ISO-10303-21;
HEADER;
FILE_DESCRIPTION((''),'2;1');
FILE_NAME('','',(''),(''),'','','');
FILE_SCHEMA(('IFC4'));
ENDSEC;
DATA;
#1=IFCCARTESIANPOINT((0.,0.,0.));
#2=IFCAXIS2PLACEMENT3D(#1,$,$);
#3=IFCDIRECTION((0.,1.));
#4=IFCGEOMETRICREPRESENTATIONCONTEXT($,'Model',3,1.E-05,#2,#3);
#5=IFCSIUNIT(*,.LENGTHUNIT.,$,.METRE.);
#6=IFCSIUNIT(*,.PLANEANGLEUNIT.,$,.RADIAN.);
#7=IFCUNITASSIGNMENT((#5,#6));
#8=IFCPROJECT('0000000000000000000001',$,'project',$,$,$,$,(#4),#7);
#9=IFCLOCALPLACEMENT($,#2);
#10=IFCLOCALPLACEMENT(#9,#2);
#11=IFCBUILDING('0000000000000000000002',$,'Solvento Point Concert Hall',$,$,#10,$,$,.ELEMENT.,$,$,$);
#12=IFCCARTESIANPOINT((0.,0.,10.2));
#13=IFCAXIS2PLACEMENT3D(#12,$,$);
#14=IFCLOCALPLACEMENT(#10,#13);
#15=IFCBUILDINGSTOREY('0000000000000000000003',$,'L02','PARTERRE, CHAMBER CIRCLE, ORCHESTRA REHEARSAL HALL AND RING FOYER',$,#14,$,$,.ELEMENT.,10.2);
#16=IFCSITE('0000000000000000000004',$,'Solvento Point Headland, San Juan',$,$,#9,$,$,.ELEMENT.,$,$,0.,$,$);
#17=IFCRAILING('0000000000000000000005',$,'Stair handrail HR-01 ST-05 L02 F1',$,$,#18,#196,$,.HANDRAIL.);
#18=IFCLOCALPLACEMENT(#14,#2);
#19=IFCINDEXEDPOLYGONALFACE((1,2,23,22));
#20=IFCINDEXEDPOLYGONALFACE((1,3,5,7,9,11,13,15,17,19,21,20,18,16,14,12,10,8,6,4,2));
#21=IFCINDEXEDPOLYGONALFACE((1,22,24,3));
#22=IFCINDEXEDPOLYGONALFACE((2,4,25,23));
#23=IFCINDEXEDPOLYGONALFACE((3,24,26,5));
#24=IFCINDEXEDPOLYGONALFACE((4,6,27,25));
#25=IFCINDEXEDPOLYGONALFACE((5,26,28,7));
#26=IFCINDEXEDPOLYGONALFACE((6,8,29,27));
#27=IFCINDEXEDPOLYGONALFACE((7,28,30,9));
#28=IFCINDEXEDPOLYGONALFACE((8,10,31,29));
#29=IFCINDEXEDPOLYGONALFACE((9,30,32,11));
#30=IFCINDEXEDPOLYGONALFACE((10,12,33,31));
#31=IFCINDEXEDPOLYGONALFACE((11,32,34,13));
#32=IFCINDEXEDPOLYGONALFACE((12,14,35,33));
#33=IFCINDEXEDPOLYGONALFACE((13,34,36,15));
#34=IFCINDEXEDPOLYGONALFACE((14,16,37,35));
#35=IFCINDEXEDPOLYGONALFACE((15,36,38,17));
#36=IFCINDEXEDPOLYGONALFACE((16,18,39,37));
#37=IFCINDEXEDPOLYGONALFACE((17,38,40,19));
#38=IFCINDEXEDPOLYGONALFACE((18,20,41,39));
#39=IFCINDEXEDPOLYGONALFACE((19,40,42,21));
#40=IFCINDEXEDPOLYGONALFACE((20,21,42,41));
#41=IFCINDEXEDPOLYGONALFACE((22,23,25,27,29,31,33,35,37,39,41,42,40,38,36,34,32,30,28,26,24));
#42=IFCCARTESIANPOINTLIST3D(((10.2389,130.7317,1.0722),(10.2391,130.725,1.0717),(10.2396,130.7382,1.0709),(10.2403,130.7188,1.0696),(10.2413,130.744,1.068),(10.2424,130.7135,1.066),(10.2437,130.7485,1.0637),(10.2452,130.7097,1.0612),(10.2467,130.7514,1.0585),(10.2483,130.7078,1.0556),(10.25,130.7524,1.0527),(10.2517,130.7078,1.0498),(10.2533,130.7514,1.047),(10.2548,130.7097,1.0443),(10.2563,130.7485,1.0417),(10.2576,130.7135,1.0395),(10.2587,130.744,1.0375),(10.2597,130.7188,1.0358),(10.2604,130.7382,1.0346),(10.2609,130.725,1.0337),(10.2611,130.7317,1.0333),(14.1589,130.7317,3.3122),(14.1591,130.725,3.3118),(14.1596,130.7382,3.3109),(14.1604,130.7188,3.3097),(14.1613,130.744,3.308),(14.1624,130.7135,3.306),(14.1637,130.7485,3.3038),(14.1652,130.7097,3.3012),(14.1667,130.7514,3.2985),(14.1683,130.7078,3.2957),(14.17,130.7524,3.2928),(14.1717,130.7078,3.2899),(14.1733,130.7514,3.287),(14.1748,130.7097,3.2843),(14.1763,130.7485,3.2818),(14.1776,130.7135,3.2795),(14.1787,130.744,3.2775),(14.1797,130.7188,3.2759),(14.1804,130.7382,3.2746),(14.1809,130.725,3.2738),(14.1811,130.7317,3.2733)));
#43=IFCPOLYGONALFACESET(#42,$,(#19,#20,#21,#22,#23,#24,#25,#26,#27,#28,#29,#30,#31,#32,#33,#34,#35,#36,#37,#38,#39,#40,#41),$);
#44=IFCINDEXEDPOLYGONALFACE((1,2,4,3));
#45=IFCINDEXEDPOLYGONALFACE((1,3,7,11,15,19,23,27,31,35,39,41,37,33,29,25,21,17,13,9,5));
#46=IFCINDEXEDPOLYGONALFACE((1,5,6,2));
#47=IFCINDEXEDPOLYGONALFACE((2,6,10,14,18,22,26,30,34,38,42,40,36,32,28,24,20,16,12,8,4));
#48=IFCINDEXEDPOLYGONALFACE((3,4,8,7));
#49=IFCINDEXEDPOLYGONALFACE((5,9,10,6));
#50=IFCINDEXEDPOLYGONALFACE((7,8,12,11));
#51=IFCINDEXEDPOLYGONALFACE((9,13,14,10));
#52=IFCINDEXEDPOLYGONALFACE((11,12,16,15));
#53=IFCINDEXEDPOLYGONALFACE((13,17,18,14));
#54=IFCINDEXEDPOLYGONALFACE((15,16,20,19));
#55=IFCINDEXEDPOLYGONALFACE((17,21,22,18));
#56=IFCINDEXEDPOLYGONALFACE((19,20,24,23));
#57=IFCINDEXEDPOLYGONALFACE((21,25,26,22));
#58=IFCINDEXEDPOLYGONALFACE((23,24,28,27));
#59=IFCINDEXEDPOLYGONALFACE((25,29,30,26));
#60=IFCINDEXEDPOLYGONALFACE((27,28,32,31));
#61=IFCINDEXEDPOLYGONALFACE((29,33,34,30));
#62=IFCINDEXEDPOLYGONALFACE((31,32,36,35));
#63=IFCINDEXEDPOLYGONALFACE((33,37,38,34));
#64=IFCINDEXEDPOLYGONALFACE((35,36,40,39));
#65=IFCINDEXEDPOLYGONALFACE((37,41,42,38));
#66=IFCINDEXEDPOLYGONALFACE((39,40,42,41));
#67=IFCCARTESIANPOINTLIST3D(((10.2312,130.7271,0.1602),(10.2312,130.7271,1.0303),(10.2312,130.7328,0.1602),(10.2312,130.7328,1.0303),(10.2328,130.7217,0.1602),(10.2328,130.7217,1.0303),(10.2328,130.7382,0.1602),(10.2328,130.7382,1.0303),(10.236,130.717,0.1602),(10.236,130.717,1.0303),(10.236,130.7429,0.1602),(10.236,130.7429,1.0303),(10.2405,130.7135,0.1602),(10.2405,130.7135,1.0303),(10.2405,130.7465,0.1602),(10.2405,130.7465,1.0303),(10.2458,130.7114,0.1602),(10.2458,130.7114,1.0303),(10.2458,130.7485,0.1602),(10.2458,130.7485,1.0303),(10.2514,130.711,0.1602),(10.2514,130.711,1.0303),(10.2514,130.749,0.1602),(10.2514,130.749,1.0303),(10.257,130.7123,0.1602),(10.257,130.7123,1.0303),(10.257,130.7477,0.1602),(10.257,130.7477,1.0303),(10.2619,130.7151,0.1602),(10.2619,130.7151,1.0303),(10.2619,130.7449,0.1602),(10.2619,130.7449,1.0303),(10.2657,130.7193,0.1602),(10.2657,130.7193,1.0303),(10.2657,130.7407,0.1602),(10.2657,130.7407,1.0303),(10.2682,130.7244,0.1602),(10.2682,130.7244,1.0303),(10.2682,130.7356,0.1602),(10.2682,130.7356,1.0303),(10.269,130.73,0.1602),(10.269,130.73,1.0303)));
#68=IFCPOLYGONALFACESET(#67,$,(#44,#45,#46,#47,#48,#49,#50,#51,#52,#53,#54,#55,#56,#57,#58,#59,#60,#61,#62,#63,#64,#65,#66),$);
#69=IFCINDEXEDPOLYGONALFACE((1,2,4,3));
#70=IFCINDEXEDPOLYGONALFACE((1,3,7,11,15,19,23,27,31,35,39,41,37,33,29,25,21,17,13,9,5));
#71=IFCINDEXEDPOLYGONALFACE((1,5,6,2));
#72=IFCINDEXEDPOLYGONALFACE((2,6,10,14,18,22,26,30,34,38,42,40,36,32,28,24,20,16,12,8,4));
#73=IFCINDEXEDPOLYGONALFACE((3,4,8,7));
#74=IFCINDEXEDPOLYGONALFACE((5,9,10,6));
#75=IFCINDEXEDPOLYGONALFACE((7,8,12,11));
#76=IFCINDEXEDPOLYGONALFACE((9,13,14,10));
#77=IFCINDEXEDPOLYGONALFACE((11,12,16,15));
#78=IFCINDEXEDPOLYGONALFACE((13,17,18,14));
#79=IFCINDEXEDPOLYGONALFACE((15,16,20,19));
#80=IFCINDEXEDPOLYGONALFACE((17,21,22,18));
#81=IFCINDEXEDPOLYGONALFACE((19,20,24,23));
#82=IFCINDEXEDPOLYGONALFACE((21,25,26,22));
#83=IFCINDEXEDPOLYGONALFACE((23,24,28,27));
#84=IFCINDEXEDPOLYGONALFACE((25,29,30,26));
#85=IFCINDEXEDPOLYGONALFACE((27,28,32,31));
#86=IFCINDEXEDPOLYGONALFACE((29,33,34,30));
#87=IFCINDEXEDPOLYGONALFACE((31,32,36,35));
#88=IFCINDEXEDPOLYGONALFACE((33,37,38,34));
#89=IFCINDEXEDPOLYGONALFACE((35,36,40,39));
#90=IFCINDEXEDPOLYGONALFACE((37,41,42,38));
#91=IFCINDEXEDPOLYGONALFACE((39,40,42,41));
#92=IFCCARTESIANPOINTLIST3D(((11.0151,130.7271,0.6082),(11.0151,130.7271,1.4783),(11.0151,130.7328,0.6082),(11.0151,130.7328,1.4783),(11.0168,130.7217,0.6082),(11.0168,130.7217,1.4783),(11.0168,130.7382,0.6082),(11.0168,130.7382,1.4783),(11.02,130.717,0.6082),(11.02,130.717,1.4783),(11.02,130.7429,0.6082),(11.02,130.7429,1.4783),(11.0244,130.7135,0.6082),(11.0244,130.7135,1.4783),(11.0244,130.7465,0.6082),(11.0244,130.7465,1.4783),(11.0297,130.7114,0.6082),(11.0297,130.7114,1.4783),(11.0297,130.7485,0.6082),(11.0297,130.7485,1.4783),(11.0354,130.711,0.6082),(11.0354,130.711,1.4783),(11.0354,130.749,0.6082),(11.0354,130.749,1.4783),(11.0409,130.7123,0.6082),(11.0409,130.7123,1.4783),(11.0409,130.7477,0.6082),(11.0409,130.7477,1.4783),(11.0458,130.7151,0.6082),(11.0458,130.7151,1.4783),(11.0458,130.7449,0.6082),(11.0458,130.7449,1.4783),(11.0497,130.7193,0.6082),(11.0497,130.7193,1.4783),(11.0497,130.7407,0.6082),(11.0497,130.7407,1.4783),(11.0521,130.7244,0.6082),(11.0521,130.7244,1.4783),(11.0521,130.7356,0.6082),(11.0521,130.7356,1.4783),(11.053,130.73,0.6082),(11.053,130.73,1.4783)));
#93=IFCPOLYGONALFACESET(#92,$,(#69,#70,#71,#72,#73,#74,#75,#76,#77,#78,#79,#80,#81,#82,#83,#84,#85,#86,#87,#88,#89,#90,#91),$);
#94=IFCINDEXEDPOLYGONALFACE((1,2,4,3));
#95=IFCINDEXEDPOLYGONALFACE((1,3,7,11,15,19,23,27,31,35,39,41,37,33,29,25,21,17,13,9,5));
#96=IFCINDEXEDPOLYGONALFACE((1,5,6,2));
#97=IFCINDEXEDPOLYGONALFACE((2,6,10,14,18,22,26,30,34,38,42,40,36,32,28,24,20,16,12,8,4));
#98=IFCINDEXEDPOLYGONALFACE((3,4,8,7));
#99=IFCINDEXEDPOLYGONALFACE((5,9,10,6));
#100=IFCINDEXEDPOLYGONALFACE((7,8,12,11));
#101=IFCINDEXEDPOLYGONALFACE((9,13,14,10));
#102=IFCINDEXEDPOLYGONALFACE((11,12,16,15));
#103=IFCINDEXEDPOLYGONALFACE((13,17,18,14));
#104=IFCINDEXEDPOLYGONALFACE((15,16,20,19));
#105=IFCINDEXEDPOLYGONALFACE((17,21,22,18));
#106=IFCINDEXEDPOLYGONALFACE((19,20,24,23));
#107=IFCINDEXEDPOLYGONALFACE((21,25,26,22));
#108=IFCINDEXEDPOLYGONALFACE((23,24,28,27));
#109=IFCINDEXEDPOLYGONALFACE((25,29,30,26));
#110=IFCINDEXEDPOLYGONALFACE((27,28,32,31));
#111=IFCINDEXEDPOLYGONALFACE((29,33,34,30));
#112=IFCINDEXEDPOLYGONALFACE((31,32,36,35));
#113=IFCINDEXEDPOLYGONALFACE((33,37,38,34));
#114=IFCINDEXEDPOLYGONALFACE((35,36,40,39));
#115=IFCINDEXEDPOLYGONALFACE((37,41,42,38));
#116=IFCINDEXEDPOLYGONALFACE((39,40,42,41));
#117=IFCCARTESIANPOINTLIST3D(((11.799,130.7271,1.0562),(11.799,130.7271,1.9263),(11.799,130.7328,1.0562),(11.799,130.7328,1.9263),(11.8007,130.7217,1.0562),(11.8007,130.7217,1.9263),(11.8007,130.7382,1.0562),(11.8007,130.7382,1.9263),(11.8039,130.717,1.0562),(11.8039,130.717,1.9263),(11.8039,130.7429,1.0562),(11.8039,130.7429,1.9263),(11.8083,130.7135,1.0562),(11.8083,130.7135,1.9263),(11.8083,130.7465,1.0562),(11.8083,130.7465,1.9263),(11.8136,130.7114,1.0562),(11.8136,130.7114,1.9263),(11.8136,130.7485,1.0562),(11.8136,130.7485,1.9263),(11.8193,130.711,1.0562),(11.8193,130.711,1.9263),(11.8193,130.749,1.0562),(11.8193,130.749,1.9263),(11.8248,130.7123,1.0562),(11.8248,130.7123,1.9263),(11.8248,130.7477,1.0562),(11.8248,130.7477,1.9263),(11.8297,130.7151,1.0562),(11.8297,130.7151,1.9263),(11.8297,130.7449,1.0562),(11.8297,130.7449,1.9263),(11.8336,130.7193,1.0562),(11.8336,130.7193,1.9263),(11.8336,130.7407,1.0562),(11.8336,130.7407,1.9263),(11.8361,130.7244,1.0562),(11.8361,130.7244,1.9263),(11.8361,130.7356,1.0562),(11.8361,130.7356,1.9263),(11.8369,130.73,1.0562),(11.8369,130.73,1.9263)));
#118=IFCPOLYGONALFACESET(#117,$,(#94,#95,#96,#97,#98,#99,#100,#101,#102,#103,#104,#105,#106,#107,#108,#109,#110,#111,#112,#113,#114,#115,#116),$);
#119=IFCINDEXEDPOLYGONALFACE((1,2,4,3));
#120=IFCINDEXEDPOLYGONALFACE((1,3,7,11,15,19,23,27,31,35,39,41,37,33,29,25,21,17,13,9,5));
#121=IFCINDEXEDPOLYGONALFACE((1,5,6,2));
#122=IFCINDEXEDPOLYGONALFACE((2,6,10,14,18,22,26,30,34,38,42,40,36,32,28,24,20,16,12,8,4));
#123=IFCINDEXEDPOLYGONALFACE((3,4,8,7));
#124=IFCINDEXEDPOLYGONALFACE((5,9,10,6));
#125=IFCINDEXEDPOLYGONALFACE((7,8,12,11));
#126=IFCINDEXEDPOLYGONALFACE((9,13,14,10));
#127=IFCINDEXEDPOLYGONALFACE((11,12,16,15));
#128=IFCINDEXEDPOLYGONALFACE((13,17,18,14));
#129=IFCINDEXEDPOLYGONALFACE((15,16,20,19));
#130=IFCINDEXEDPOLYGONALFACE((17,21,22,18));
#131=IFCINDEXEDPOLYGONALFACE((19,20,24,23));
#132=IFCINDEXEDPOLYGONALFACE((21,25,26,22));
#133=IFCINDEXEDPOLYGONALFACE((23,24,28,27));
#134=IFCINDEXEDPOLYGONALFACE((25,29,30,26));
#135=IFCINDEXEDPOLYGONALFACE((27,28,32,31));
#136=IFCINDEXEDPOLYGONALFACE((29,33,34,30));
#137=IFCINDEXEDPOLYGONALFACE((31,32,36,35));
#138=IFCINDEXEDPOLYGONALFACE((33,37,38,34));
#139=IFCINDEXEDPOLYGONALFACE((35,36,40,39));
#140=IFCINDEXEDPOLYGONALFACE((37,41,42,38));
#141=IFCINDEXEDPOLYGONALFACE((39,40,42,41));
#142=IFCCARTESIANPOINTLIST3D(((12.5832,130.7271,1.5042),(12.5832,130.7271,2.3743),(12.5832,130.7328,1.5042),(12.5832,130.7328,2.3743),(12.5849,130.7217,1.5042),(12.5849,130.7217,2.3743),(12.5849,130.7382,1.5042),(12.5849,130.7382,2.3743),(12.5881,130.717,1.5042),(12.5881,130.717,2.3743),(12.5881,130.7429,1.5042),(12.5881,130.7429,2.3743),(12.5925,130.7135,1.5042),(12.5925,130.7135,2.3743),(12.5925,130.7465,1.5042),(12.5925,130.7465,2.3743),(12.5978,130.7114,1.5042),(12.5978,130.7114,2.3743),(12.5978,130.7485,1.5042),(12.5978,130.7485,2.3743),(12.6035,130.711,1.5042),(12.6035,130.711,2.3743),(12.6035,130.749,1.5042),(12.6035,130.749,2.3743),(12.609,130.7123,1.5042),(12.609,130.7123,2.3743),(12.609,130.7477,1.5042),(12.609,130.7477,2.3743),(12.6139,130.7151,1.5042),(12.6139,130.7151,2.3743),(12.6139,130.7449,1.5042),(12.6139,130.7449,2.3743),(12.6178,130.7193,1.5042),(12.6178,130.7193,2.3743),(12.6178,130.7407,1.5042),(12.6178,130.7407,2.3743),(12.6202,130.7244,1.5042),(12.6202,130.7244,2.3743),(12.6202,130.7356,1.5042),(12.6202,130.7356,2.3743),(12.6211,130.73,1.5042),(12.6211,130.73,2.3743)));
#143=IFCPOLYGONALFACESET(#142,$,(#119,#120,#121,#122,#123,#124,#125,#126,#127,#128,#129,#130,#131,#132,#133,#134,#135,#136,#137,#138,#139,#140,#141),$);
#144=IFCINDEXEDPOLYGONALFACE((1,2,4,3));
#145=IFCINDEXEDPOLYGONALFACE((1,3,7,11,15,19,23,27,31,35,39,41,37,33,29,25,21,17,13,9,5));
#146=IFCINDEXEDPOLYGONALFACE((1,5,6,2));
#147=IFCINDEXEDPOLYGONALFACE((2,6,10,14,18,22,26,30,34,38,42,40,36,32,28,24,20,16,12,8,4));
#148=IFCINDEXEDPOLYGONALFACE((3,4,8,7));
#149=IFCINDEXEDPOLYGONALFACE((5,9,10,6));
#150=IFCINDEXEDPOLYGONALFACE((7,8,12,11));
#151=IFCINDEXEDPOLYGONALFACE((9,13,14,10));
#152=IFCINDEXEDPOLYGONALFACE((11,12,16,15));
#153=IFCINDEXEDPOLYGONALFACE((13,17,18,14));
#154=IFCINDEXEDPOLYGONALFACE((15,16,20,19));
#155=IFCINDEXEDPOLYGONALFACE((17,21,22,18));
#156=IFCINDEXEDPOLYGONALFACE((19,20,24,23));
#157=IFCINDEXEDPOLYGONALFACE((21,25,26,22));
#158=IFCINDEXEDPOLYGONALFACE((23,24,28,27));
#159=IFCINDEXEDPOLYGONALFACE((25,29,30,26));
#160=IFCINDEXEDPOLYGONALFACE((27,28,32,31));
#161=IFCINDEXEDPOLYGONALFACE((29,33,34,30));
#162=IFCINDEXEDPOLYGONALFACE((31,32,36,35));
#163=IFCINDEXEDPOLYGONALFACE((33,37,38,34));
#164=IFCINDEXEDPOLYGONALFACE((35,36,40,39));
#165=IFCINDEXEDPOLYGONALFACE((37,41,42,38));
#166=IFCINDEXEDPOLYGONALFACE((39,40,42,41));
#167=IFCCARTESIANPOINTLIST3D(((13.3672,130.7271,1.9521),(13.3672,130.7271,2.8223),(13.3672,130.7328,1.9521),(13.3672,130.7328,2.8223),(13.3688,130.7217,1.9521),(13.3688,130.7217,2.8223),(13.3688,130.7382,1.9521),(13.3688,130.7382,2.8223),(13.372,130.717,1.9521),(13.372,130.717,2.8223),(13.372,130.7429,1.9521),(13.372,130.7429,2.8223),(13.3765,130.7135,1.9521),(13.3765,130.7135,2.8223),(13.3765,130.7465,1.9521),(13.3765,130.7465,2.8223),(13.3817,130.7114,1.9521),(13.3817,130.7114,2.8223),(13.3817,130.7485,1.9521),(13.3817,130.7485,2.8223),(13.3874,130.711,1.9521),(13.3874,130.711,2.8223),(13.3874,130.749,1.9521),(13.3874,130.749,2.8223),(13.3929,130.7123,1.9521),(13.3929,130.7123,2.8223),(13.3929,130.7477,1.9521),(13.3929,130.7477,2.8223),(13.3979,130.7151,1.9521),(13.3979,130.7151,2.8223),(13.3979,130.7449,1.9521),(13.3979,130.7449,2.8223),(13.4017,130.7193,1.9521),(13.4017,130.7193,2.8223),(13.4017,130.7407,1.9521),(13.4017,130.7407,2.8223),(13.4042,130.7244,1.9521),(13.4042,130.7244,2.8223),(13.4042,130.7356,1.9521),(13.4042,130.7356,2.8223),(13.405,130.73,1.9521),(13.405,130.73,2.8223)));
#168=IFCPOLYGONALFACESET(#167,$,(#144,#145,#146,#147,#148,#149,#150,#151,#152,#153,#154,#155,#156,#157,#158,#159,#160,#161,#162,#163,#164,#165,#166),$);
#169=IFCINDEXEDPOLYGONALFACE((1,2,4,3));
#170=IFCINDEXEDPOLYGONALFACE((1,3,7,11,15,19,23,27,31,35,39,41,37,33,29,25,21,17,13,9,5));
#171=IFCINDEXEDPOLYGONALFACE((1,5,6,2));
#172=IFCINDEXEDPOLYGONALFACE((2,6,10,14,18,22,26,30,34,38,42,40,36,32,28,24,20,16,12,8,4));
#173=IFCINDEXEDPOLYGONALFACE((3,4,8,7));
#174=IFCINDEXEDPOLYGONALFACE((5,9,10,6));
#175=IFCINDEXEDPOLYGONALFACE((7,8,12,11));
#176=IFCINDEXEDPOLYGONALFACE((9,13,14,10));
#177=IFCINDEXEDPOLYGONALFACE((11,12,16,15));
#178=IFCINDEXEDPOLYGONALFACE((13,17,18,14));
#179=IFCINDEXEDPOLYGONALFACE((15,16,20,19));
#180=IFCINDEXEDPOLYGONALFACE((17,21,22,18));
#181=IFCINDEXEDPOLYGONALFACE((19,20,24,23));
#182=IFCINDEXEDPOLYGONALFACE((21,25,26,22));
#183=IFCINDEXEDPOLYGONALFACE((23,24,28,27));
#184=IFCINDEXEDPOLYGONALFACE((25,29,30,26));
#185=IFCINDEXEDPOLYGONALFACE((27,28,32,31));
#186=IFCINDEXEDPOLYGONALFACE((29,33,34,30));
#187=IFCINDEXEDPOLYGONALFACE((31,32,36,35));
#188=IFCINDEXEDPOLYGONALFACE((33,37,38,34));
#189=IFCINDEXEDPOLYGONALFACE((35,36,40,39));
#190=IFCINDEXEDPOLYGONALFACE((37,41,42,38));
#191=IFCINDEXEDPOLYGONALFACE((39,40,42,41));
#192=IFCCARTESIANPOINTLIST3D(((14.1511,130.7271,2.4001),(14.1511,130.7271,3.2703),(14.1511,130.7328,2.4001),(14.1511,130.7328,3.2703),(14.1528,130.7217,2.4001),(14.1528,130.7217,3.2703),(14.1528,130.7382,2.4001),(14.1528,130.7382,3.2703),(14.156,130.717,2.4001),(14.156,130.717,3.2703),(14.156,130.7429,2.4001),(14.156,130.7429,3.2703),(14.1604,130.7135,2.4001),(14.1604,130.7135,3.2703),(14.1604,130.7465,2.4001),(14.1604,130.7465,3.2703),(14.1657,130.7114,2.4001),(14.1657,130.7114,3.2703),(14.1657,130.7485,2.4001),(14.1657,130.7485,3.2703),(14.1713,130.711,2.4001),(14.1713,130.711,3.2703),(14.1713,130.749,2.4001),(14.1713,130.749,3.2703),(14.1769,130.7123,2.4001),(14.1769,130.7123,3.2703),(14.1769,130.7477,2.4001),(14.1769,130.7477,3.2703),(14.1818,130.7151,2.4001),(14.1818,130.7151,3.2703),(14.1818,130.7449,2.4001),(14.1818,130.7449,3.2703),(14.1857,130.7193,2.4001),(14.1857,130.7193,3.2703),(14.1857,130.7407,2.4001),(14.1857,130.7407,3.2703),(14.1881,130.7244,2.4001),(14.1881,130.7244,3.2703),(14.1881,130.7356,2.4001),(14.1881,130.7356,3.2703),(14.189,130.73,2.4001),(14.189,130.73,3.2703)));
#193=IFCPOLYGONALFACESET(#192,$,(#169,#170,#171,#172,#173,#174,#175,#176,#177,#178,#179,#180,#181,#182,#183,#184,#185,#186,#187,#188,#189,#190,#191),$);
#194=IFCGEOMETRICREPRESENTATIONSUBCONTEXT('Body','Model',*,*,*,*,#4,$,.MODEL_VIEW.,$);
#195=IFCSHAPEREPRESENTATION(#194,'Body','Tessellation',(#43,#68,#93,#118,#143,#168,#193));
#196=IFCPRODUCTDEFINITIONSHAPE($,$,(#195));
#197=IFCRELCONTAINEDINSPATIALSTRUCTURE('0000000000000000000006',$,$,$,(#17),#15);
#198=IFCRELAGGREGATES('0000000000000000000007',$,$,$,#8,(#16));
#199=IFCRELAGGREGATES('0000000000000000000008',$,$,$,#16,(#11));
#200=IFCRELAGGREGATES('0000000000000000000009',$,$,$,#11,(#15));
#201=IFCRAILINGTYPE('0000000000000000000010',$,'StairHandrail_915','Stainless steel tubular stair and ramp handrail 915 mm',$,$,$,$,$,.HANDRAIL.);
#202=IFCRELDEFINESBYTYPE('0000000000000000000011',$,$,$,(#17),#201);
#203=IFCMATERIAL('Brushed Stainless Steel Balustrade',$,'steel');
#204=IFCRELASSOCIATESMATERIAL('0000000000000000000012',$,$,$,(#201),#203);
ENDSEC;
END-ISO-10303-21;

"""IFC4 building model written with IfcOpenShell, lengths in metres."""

from ifc_helpers import new_model, si_unit, direction, frame, origin, origin_2d, place, context, subcontext, project, spatial, circle, extrude, material, type_object, element, save


model = new_model("IFC4")

# Units and contexts
model_context = context("Model", 3, precision=1e-05, world=origin(), true_north=direction((0.0, 1.0)))
body_context = subcontext(model_context, "Body", "Model", "MODEL_VIEW")
ifc_project = project(units=[si_unit("LENGTHUNIT", "METRE"), si_unit("PLANEANGLEUNIT", "RADIAN")], contexts=[model_context])

# Site, building, storey
site_placement = place(None, origin())
site = spatial("IfcSite", under=ifc_project, at=site_placement, Name="Solvento Point Headland, San Juan", CompositionType="ELEMENT", RefElevation=0.0)
building_placement = place(site_placement, origin())
building = spatial("IfcBuilding", under=site, at=building_placement, Name="Solvento Point Concert Hall", CompositionType="ELEMENT")
storey_placement = place(building_placement, frame((0.0, 0.0, 10.2)))
storey = spatial("IfcBuildingStorey", under=building, at=storey_placement, Name="L02", Description="PARTERRE, CHAMBER CIRCLE, ORCHESTRA REHEARSAL HALL AND RING FOYER", CompositionType="ELEMENT", Elevation=10.2)

# Railing
ifc_material_1 = material(Name="Brushed Stainless Steel Balustrade", Category="steel")
railing_type_1 = type_object("IfcRailingType", Name="StairHandrail_915", Description="Stainless steel tubular stair and ramp handrail 915 mm", PredefinedType="HANDRAIL", material=ifc_material_1)
railing_1_placement = place(storey_placement, frame((10.25, 130.73, 0.1602)))
element("IfcRailing", 1, at=railing_1_placement, inside=storey, type_object=railing_type_1, Name="Stair handrail HR-01 ST-05 L02 F1", PredefinedType="HANDRAIL", context=body_context, shape_type="SweptSolid", body=[
    extrude(circle(Radius=0.0225, at=origin_2d()), frame((0.0, 0.0, 0.8926), z_axis=(0.86824, 0.0, 0.496145), x_axis=(0.0, 1.0, 0.0)), (0.0, 0.0, 1.0), 4.5149),
    extrude(circle(Radius=0.019, at=origin_2d()), origin(), (0.0, 0.0, 1.0), 0.8701),
    extrude(circle(Radius=0.019, at=origin_2d()), frame((0.7839, 0.0, 0.448)), (0.0, 0.0, 1.0), 0.8701),
    extrude(circle(Radius=0.019, at=origin_2d()), frame((1.5679, 0.0, 0.896)), (0.0, 0.0, 1.0), 0.8701),
    extrude(circle(Radius=0.019, at=origin_2d()), frame((2.3521, 0.0, 1.344)), (0.0, 0.0, 1.0), 0.8701),
    extrude(circle(Radius=0.019, at=origin_2d()), frame((3.136, 0.0, 1.792)), (0.0, 0.0, 1.0), 0.8701),
    extrude(circle(Radius=0.019, at=origin_2d()), frame((3.9199, 0.0, 2.24)), (0.0, 0.0, 1.0), 0.8701),
])

save(model, "model.ifc")
